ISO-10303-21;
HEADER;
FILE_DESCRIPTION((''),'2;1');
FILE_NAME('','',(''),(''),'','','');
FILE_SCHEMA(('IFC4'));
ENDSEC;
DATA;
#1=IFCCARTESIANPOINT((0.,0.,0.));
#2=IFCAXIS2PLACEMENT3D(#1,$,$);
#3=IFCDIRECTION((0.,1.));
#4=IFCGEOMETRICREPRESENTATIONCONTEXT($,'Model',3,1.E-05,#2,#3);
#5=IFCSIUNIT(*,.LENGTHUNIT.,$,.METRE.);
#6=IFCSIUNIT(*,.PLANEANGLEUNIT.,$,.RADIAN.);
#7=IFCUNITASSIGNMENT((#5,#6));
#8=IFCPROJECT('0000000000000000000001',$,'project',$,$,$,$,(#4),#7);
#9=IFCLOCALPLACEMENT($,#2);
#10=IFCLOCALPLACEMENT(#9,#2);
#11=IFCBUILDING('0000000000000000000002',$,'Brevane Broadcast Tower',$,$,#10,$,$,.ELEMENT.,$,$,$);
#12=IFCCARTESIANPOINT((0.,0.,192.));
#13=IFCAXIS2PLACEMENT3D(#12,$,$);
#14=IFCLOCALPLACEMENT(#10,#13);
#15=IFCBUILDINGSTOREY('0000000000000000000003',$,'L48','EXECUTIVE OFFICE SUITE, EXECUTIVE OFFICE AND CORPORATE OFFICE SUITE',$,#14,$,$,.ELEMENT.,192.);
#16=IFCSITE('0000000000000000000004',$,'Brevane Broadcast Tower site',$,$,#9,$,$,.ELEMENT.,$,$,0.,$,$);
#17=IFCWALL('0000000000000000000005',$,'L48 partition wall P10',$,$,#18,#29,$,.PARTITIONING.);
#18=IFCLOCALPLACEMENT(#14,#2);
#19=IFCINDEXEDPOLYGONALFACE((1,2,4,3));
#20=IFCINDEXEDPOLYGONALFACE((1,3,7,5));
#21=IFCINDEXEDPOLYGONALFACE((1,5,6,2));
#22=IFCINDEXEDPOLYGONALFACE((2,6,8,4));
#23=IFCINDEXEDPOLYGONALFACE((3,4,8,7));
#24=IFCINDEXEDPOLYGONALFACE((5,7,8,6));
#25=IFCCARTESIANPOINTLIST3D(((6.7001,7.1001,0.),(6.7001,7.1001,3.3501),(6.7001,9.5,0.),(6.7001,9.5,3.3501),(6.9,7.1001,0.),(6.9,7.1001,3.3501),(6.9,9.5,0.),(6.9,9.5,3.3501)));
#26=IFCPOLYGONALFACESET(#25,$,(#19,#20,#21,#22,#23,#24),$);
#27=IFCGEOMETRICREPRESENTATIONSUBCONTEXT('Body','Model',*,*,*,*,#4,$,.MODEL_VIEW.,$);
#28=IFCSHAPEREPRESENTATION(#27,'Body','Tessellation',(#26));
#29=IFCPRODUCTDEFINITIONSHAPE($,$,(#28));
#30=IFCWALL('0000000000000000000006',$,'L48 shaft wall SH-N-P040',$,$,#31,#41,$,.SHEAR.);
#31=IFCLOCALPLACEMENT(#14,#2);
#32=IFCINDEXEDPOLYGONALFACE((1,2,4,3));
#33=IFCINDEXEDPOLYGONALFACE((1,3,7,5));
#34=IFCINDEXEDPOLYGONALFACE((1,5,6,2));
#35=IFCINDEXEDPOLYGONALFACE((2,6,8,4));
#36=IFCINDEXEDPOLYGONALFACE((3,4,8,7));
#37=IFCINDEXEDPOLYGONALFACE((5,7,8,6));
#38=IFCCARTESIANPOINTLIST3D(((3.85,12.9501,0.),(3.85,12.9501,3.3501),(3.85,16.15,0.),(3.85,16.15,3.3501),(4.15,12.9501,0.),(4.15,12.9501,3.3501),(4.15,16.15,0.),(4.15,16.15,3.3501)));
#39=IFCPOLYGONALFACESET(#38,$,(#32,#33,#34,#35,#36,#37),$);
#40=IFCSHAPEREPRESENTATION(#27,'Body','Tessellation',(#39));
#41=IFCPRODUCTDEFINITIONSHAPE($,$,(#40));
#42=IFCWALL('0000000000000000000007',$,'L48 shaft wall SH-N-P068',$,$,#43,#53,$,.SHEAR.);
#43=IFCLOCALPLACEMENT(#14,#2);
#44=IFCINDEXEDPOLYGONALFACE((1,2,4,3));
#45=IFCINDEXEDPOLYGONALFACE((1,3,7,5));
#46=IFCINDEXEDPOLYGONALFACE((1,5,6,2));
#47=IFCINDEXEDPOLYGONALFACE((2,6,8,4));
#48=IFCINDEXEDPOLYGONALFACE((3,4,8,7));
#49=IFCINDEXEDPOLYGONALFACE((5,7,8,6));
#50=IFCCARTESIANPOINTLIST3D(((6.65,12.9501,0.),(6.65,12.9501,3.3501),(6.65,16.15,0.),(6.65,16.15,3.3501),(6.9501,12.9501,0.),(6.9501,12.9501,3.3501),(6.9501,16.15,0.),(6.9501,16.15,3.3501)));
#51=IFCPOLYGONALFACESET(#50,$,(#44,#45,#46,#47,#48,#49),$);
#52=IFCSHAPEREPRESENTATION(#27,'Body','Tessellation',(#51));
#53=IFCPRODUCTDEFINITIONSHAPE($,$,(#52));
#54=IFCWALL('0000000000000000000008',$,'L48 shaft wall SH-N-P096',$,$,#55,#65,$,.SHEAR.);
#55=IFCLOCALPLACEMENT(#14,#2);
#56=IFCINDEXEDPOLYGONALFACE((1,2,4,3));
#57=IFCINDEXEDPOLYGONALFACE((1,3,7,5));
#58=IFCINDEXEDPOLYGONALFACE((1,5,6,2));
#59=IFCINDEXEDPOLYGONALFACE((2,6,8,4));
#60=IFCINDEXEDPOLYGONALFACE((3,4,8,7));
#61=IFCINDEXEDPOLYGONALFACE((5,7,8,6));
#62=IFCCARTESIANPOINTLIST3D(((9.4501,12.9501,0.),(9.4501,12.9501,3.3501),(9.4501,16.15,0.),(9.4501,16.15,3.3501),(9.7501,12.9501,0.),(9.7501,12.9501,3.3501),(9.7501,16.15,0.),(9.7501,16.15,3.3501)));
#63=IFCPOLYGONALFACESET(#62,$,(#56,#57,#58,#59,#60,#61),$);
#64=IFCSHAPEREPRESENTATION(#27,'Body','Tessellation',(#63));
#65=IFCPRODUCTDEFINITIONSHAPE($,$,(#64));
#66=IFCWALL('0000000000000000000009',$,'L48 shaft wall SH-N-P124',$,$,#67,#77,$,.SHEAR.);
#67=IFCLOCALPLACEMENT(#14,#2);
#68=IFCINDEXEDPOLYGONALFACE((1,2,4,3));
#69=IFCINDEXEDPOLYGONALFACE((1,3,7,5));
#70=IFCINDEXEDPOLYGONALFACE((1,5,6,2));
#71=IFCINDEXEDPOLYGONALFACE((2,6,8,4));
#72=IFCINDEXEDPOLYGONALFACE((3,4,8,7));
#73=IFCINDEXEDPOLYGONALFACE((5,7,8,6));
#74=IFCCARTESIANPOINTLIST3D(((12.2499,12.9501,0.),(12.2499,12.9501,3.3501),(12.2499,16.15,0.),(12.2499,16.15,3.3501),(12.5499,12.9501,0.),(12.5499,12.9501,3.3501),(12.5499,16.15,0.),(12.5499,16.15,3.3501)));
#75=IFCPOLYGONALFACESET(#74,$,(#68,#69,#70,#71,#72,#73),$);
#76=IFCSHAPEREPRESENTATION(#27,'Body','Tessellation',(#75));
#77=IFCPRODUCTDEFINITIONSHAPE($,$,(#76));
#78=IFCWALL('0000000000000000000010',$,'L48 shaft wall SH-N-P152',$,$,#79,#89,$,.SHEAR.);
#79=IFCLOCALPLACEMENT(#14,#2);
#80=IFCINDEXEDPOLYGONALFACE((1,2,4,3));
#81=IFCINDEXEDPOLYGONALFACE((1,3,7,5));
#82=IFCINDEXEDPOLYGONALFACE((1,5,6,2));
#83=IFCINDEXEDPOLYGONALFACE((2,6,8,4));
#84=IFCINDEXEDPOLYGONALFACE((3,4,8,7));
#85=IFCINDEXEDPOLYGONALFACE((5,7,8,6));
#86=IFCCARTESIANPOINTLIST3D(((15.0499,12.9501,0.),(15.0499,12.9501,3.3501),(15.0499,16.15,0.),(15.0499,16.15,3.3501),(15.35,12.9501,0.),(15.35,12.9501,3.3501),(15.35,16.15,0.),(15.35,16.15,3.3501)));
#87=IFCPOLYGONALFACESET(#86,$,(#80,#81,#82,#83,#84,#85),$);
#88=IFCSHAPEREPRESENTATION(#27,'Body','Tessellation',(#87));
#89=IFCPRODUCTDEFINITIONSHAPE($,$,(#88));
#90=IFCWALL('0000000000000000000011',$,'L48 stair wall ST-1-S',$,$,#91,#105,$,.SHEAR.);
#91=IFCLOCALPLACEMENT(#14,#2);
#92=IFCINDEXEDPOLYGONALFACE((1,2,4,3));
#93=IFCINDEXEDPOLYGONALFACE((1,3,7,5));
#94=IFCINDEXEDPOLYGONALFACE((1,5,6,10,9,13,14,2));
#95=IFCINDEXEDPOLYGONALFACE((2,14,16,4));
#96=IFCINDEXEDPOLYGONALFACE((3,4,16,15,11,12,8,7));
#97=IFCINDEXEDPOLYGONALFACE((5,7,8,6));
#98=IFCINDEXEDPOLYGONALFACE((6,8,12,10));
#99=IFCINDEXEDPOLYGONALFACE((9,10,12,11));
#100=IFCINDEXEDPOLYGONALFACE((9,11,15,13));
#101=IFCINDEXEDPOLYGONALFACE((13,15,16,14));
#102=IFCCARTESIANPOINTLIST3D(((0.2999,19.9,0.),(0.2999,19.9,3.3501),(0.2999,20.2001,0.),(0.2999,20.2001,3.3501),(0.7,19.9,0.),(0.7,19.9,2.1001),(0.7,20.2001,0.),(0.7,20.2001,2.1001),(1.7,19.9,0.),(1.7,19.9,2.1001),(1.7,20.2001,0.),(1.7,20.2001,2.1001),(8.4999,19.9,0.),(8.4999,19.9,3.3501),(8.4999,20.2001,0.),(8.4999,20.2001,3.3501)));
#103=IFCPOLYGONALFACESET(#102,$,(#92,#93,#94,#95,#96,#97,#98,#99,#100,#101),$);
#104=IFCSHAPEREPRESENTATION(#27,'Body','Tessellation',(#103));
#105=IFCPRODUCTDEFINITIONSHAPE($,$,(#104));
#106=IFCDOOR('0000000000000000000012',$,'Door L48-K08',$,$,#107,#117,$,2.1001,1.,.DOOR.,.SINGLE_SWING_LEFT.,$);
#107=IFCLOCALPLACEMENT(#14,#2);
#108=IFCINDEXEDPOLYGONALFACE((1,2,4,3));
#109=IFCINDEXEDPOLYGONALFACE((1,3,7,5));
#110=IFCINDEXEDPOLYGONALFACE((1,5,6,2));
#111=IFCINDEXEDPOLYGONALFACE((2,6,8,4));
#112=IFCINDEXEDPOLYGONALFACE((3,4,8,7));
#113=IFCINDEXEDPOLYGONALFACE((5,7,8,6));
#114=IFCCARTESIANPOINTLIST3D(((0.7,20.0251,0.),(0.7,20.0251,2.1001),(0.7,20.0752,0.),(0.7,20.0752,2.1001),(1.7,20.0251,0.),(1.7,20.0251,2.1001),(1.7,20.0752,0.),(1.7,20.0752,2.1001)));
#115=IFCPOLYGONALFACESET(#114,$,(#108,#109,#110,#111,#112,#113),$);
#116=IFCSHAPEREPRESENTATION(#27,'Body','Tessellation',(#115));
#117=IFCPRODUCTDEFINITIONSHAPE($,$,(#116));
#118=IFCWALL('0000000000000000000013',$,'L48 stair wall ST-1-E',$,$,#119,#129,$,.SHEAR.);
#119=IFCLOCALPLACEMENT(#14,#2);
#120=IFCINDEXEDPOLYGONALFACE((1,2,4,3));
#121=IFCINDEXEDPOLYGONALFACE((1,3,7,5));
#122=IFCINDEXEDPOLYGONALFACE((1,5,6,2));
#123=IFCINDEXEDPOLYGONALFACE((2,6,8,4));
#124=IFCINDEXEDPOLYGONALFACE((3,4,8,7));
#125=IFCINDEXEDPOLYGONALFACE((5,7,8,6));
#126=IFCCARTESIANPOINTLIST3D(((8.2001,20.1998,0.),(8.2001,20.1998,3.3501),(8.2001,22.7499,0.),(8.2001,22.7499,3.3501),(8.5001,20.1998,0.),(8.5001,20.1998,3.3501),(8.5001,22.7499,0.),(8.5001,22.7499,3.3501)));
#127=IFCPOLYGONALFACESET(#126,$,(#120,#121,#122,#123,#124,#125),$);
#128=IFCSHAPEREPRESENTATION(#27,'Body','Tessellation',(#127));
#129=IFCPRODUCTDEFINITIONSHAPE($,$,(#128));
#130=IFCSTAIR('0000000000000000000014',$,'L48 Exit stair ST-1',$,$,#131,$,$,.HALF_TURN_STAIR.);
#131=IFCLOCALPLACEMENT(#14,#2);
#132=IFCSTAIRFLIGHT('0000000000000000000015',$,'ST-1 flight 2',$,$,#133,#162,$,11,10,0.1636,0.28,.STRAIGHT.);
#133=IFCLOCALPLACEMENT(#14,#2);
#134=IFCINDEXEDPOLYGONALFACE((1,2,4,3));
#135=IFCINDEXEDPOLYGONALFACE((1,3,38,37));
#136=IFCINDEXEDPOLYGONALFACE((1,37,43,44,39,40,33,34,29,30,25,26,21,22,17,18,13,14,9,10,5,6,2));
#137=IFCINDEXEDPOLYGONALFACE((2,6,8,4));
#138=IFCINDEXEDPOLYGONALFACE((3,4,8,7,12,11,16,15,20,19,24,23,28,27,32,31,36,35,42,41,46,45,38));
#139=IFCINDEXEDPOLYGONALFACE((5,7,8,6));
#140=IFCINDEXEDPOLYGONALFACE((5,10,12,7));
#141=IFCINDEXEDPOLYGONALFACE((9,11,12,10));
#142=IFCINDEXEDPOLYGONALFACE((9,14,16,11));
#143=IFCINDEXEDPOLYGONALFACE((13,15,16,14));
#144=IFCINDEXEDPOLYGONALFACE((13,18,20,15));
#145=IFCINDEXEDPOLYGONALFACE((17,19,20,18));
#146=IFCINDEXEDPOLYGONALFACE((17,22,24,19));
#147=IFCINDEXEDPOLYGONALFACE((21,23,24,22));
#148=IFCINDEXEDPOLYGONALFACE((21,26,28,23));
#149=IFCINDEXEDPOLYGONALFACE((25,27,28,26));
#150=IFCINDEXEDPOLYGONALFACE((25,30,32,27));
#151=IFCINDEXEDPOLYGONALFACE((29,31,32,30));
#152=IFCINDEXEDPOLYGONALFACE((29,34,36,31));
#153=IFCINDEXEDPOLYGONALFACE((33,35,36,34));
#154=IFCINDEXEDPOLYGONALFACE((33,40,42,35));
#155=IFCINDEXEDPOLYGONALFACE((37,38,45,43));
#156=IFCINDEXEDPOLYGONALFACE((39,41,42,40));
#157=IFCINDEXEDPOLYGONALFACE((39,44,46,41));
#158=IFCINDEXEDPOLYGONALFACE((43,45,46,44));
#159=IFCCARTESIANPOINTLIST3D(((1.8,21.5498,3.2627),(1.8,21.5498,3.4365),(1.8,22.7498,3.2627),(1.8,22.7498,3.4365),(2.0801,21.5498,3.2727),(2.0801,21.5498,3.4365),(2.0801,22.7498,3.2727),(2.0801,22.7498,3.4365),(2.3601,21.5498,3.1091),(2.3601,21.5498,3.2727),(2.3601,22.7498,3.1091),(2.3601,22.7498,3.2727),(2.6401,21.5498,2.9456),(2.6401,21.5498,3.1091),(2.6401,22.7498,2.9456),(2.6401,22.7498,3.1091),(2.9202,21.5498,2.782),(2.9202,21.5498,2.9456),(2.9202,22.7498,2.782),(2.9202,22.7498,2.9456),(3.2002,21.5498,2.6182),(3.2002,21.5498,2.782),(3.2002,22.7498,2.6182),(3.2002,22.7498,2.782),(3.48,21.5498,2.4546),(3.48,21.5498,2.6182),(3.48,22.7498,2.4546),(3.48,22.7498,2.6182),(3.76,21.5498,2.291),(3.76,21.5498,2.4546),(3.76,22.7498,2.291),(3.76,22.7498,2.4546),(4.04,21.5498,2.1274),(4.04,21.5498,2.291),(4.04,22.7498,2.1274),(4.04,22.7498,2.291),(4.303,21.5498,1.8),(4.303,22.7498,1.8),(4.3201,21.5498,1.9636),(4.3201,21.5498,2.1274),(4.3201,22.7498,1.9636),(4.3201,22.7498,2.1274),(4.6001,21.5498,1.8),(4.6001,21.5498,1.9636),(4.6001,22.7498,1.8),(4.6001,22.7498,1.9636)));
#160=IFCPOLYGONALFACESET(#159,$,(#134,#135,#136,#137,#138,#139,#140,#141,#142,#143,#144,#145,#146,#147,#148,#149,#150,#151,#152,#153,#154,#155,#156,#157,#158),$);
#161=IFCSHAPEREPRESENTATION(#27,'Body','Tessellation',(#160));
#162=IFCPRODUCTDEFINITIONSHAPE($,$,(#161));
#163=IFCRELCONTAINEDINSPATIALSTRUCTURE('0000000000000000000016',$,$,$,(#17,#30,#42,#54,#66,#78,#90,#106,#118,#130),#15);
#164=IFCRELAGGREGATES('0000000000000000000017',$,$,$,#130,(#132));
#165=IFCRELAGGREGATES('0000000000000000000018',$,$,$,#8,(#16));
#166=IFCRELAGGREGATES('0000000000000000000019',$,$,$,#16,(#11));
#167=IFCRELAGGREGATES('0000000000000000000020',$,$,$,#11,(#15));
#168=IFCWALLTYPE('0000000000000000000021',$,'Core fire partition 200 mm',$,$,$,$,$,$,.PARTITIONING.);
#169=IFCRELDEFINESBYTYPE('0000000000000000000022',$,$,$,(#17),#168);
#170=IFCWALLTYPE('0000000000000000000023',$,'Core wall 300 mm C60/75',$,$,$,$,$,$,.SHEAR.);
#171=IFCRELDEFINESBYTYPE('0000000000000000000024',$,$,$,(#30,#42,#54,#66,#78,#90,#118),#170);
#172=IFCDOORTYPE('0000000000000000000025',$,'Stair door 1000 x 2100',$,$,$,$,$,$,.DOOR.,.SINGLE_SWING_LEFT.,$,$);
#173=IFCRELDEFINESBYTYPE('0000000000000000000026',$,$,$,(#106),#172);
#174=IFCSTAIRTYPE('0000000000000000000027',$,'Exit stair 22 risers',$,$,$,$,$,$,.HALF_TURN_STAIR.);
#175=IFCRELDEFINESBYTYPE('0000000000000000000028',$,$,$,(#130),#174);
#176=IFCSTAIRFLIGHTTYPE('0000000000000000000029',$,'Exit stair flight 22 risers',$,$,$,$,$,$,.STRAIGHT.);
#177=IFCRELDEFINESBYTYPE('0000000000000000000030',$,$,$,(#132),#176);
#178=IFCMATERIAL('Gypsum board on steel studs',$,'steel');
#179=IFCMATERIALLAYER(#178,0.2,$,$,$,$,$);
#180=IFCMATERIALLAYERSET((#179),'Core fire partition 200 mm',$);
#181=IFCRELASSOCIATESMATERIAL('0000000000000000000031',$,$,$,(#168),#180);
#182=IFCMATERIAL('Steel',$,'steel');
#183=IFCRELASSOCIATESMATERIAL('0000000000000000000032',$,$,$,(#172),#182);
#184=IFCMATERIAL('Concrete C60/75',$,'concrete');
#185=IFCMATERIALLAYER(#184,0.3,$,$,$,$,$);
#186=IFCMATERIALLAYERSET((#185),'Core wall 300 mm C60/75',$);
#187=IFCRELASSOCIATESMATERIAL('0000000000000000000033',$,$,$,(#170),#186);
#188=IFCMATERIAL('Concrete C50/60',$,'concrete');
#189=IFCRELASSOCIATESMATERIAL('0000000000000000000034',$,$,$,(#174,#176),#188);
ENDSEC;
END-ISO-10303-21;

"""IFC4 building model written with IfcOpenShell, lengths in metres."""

from ifc_helpers import new_model, si_unit, direction, frame, frame_2d, origin, place, context, subcontext, project, spatial, polyline, rectangle, outline, extrude, material, layer, layer_set, type_object, element, fill, aggregate, save


model = new_model("IFC4")

# Units and contexts
model_context = context("Model", 3, precision=1e-05, world=origin(), true_north=direction((0.0, 1.0)))
body_context = subcontext(model_context, "Body", "Model", "MODEL_VIEW")
ifc_project = project(units=[si_unit("LENGTHUNIT", "METRE"), si_unit("PLANEANGLEUNIT", "RADIAN")], contexts=[model_context])

# Site, building, storey
site_placement = place(None, origin())
site = spatial("IfcSite", under=ifc_project, at=site_placement, Name="Brevane Broadcast Tower site", CompositionType="ELEMENT", RefElevation=0.0)
building_placement = place(site_placement, origin())
building = spatial("IfcBuilding", under=site, at=building_placement, Name="Brevane Broadcast Tower", CompositionType="ELEMENT")
storey_placement = place(building_placement, frame((0.0, 0.0, 192.0)))
storey = spatial("IfcBuildingStorey", under=building, at=storey_placement, Name="L48", Description="EXECUTIVE OFFICE SUITE, EXECUTIVE OFFICE AND CORPORATE OFFICE SUITE", CompositionType="ELEMENT", Elevation=192.0)

# Shared definitions
ifc_material_1 = material(Name="Gypsum board on steel studs", Category="steel")
ifc_material_2 = material(Name="Steel", Category="steel")
ifc_layer_1 = layer(ifc_material_1, 0.2)
ifc_layer_set_1 = layer_set([ifc_layer_1], Name="Core fire partition 200 mm")
wall_type_1 = type_object("IfcWallType", Name="Core fire partition 200 mm", PredefinedType="PARTITIONING", material=ifc_layer_set_1)
door_type_1 = type_object("IfcDoorType", Name="Stair door 1000 x 2100", OperationType="SINGLE_SWING_LEFT", PredefinedType="DOOR", material=ifc_material_2)

# Walls
wall_1_placement = place(storey_placement, frame((6.8, 9.5, 0.0), z_axis=(0.0, 0.0, 1.0), x_axis=(0.0, -1.0, 0.0)))
element("IfcWall", 1, at=wall_1_placement, inside=storey, type_object=wall_type_1, Name="L48 partition wall P10", PredefinedType="PARTITIONING", context=body_context, shape_type="SweptSolid", body=[
    extrude(rectangle(XDim=2.3999, YDim=0.2, at=frame_2d((1.2, 0.0))), origin(), (0.0, 0.0, 1.0), 3.3501),
])
ifc_material_3 = material(Name="Concrete C60/75", Category="concrete")
ifc_layer_2 = layer(ifc_material_3, 0.3)
ifc_layer_set_2 = layer_set([ifc_layer_2], Name="Core wall 300 mm C60/75")
wall_type_2 = type_object("IfcWallType", Name="Core wall 300 mm C60/75", PredefinedType="SHEAR", material=ifc_layer_set_2)
for number, where, z_axis, x_axis, name in (
    (2, (4.0, 12.95, 0.0), (0.0, 0.0, 1.0), (0.0, 1.0, 0.0), "L48 shaft wall SH-N-P040"),
    (3, (6.8, 12.95, 0.0), (0.0, 0.0, 1.0), (0.0, 1.0, 0.0), "L48 shaft wall SH-N-P068"),
    (4, (9.6001, 12.95, 0.0), (0.0, 0.0, 1.0), (0.0, 1.0, 0.0), "L48 shaft wall SH-N-P096"),
    (5, (12.3999, 12.95, 0.0), (0.0, 0.0, 1.0), (0.0, 1.0, 0.0), "L48 shaft wall SH-N-P124"),
    (6, (15.2, 12.95, 0.0), (0.0, 0.0, 1.0), (0.0, 1.0, 0.0), "L48 shaft wall SH-N-P152"),
):
    element("IfcWall", number, at=place(storey_placement, frame(where, z_axis=z_axis, x_axis=x_axis)), inside=storey, type_object=wall_type_2, Name=name, PredefinedType="SHEAR", context=body_context, shape_type="SweptSolid", body=[
        extrude(rectangle(XDim=3.2, YDim=0.3, at=frame_2d((1.6001, 0.0))), origin(), (0.0, 0.0, 1.0), 3.3501),
    ])

# Wall, opening, door
wall_2_placement = place(storey_placement, frame((8.5, 20.05, 0.0), z_axis=(0.0, 0.0, 1.0), x_axis=(-1.0, 0.0, 0.0)))
wall_2 = element("IfcWall", 7, at=wall_2_placement, inside=storey, type_object=wall_type_2, Name="L48 stair wall ST-1-S", PredefinedType="SHEAR", context=body_context, shape_type="SweptSolid", body=[
    extrude(rectangle(XDim=8.2, YDim=0.3, at=frame_2d((4.1001, 0.0))), origin(), (0.0, 0.0, 1.0), 3.3501),
])
opening_1_placement = place(wall_2_placement, frame((6.8, 0.0, 0.0)))
opening_1 = element("IfcOpeningElement", 8, at=opening_1_placement, cuts=wall_2, PredefinedType="OPENING", context=body_context, shape_type="SweptSolid", body=[
    extrude(rectangle(XDim=1.0, YDim=2.1001, at=frame_2d((0.5, 1.05))), frame((0.0, 0.1599, 0.0), z_axis=(0.0, -1.0, 0.0), x_axis=(1.0, 0.0, 0.0)), (0.0, 0.0, 1.0), 0.3201),
])
door_1_placement = place(opening_1_placement, origin())
door_1 = element("IfcDoor", 9, at=door_1_placement, inside=storey, type_object=door_type_1, Name="Door L48-K08", OperationType="SINGLE_SWING_LEFT", OverallHeight=2.1001, OverallWidth=1.0, PredefinedType="DOOR", context=body_context, shape_type="SweptSolid", body=[
    extrude(rectangle(XDim=1.0, YDim=2.1001, at=frame_2d((0.5, 1.05))), frame((0.0, 0.0249, 0.0), z_axis=(0.0, -1.0, 0.0), x_axis=(1.0, 0.0, 0.0)), (0.0, 0.0, 1.0), 0.05),
])
fill(opening_1, door_1)

# Wall
wall_3_placement = place(storey_placement, frame((8.3501, 20.2, 0.0), z_axis=(0.0, 0.0, 1.0), x_axis=(0.0, 1.0, 0.0)))
element("IfcWall", 10, at=wall_3_placement, inside=storey, type_object=wall_type_2, Name="L48 stair wall ST-1-E", PredefinedType="SHEAR", context=body_context, shape_type="SweptSolid", body=[
    extrude(rectangle(XDim=2.55, YDim=0.3, at=frame_2d((1.2749, 0.0))), origin(), (0.0, 0.0, 1.0), 3.3501),
])

# Stair, stair flight
ifc_material_4 = material(Name="Concrete C50/60", Category="concrete")
stair_type = type_object("IfcStairType", Name="Exit stair 22 risers", PredefinedType="HALF_TURN_STAIR", material=ifc_material_4)
stair_placement = place(storey_placement, origin())
stair = element("IfcStair", 11, at=stair_placement, inside=storey, type_object=stair_type, Name="L48 Exit stair ST-1", PredefinedType="HALF_TURN_STAIR")
stair_flight_type = type_object("IfcStairFlightType", Name="Exit stair flight 22 risers", PredefinedType="STRAIGHT", material=ifc_material_4)
stair_flight_placement = place(storey_placement, frame((4.6001, 22.1499, 1.8), z_axis=(0.0, 0.0, 1.0), x_axis=(-1.0, 0.0, 0.0)))
stair_flight = element("IfcStairFlight", 12, at=stair_flight_placement, type_object=stair_flight_type, Name="ST-1 flight 2", NumberOfRisers=11, NumberOfTreads=10, PredefinedType="STRAIGHT", RiserHeight=0.1636, TreadLength=0.28, context=body_context, shape_type="SweptSolid", body=[
    extrude(outline(polyline([(0.0, 0.0), (0.0, 0.1636), (0.28, 0.1636), (0.28, 0.3274), (0.5601, 0.3274), (0.5601, 0.491), (0.8401, 0.491), (0.8401, 0.6545), (1.1201, 0.6545), (1.1201, 0.8181), (1.3999, 0.8181), (1.3999, 0.9819), (1.6799, 0.9819), (1.6799, 1.1455), (1.96, 1.1455), (1.96, 1.3091), (2.24, 1.3091), (2.24, 1.4727), (2.52, 1.4727), (2.52, 1.6365), (2.8, 1.6365), (2.8, 1.8), (2.8, 1.4626), (0.2971, 0.0), (0.0, 0.0)])), frame((0.0, 0.6001, 0.0), z_axis=(0.0, -1.0, 0.0), x_axis=(1.0, 0.0, 0.0)), (0.0, 0.0, 1.0), 1.2),
])
aggregate(stair, [stair_flight])

save(model, "model.ifc")
